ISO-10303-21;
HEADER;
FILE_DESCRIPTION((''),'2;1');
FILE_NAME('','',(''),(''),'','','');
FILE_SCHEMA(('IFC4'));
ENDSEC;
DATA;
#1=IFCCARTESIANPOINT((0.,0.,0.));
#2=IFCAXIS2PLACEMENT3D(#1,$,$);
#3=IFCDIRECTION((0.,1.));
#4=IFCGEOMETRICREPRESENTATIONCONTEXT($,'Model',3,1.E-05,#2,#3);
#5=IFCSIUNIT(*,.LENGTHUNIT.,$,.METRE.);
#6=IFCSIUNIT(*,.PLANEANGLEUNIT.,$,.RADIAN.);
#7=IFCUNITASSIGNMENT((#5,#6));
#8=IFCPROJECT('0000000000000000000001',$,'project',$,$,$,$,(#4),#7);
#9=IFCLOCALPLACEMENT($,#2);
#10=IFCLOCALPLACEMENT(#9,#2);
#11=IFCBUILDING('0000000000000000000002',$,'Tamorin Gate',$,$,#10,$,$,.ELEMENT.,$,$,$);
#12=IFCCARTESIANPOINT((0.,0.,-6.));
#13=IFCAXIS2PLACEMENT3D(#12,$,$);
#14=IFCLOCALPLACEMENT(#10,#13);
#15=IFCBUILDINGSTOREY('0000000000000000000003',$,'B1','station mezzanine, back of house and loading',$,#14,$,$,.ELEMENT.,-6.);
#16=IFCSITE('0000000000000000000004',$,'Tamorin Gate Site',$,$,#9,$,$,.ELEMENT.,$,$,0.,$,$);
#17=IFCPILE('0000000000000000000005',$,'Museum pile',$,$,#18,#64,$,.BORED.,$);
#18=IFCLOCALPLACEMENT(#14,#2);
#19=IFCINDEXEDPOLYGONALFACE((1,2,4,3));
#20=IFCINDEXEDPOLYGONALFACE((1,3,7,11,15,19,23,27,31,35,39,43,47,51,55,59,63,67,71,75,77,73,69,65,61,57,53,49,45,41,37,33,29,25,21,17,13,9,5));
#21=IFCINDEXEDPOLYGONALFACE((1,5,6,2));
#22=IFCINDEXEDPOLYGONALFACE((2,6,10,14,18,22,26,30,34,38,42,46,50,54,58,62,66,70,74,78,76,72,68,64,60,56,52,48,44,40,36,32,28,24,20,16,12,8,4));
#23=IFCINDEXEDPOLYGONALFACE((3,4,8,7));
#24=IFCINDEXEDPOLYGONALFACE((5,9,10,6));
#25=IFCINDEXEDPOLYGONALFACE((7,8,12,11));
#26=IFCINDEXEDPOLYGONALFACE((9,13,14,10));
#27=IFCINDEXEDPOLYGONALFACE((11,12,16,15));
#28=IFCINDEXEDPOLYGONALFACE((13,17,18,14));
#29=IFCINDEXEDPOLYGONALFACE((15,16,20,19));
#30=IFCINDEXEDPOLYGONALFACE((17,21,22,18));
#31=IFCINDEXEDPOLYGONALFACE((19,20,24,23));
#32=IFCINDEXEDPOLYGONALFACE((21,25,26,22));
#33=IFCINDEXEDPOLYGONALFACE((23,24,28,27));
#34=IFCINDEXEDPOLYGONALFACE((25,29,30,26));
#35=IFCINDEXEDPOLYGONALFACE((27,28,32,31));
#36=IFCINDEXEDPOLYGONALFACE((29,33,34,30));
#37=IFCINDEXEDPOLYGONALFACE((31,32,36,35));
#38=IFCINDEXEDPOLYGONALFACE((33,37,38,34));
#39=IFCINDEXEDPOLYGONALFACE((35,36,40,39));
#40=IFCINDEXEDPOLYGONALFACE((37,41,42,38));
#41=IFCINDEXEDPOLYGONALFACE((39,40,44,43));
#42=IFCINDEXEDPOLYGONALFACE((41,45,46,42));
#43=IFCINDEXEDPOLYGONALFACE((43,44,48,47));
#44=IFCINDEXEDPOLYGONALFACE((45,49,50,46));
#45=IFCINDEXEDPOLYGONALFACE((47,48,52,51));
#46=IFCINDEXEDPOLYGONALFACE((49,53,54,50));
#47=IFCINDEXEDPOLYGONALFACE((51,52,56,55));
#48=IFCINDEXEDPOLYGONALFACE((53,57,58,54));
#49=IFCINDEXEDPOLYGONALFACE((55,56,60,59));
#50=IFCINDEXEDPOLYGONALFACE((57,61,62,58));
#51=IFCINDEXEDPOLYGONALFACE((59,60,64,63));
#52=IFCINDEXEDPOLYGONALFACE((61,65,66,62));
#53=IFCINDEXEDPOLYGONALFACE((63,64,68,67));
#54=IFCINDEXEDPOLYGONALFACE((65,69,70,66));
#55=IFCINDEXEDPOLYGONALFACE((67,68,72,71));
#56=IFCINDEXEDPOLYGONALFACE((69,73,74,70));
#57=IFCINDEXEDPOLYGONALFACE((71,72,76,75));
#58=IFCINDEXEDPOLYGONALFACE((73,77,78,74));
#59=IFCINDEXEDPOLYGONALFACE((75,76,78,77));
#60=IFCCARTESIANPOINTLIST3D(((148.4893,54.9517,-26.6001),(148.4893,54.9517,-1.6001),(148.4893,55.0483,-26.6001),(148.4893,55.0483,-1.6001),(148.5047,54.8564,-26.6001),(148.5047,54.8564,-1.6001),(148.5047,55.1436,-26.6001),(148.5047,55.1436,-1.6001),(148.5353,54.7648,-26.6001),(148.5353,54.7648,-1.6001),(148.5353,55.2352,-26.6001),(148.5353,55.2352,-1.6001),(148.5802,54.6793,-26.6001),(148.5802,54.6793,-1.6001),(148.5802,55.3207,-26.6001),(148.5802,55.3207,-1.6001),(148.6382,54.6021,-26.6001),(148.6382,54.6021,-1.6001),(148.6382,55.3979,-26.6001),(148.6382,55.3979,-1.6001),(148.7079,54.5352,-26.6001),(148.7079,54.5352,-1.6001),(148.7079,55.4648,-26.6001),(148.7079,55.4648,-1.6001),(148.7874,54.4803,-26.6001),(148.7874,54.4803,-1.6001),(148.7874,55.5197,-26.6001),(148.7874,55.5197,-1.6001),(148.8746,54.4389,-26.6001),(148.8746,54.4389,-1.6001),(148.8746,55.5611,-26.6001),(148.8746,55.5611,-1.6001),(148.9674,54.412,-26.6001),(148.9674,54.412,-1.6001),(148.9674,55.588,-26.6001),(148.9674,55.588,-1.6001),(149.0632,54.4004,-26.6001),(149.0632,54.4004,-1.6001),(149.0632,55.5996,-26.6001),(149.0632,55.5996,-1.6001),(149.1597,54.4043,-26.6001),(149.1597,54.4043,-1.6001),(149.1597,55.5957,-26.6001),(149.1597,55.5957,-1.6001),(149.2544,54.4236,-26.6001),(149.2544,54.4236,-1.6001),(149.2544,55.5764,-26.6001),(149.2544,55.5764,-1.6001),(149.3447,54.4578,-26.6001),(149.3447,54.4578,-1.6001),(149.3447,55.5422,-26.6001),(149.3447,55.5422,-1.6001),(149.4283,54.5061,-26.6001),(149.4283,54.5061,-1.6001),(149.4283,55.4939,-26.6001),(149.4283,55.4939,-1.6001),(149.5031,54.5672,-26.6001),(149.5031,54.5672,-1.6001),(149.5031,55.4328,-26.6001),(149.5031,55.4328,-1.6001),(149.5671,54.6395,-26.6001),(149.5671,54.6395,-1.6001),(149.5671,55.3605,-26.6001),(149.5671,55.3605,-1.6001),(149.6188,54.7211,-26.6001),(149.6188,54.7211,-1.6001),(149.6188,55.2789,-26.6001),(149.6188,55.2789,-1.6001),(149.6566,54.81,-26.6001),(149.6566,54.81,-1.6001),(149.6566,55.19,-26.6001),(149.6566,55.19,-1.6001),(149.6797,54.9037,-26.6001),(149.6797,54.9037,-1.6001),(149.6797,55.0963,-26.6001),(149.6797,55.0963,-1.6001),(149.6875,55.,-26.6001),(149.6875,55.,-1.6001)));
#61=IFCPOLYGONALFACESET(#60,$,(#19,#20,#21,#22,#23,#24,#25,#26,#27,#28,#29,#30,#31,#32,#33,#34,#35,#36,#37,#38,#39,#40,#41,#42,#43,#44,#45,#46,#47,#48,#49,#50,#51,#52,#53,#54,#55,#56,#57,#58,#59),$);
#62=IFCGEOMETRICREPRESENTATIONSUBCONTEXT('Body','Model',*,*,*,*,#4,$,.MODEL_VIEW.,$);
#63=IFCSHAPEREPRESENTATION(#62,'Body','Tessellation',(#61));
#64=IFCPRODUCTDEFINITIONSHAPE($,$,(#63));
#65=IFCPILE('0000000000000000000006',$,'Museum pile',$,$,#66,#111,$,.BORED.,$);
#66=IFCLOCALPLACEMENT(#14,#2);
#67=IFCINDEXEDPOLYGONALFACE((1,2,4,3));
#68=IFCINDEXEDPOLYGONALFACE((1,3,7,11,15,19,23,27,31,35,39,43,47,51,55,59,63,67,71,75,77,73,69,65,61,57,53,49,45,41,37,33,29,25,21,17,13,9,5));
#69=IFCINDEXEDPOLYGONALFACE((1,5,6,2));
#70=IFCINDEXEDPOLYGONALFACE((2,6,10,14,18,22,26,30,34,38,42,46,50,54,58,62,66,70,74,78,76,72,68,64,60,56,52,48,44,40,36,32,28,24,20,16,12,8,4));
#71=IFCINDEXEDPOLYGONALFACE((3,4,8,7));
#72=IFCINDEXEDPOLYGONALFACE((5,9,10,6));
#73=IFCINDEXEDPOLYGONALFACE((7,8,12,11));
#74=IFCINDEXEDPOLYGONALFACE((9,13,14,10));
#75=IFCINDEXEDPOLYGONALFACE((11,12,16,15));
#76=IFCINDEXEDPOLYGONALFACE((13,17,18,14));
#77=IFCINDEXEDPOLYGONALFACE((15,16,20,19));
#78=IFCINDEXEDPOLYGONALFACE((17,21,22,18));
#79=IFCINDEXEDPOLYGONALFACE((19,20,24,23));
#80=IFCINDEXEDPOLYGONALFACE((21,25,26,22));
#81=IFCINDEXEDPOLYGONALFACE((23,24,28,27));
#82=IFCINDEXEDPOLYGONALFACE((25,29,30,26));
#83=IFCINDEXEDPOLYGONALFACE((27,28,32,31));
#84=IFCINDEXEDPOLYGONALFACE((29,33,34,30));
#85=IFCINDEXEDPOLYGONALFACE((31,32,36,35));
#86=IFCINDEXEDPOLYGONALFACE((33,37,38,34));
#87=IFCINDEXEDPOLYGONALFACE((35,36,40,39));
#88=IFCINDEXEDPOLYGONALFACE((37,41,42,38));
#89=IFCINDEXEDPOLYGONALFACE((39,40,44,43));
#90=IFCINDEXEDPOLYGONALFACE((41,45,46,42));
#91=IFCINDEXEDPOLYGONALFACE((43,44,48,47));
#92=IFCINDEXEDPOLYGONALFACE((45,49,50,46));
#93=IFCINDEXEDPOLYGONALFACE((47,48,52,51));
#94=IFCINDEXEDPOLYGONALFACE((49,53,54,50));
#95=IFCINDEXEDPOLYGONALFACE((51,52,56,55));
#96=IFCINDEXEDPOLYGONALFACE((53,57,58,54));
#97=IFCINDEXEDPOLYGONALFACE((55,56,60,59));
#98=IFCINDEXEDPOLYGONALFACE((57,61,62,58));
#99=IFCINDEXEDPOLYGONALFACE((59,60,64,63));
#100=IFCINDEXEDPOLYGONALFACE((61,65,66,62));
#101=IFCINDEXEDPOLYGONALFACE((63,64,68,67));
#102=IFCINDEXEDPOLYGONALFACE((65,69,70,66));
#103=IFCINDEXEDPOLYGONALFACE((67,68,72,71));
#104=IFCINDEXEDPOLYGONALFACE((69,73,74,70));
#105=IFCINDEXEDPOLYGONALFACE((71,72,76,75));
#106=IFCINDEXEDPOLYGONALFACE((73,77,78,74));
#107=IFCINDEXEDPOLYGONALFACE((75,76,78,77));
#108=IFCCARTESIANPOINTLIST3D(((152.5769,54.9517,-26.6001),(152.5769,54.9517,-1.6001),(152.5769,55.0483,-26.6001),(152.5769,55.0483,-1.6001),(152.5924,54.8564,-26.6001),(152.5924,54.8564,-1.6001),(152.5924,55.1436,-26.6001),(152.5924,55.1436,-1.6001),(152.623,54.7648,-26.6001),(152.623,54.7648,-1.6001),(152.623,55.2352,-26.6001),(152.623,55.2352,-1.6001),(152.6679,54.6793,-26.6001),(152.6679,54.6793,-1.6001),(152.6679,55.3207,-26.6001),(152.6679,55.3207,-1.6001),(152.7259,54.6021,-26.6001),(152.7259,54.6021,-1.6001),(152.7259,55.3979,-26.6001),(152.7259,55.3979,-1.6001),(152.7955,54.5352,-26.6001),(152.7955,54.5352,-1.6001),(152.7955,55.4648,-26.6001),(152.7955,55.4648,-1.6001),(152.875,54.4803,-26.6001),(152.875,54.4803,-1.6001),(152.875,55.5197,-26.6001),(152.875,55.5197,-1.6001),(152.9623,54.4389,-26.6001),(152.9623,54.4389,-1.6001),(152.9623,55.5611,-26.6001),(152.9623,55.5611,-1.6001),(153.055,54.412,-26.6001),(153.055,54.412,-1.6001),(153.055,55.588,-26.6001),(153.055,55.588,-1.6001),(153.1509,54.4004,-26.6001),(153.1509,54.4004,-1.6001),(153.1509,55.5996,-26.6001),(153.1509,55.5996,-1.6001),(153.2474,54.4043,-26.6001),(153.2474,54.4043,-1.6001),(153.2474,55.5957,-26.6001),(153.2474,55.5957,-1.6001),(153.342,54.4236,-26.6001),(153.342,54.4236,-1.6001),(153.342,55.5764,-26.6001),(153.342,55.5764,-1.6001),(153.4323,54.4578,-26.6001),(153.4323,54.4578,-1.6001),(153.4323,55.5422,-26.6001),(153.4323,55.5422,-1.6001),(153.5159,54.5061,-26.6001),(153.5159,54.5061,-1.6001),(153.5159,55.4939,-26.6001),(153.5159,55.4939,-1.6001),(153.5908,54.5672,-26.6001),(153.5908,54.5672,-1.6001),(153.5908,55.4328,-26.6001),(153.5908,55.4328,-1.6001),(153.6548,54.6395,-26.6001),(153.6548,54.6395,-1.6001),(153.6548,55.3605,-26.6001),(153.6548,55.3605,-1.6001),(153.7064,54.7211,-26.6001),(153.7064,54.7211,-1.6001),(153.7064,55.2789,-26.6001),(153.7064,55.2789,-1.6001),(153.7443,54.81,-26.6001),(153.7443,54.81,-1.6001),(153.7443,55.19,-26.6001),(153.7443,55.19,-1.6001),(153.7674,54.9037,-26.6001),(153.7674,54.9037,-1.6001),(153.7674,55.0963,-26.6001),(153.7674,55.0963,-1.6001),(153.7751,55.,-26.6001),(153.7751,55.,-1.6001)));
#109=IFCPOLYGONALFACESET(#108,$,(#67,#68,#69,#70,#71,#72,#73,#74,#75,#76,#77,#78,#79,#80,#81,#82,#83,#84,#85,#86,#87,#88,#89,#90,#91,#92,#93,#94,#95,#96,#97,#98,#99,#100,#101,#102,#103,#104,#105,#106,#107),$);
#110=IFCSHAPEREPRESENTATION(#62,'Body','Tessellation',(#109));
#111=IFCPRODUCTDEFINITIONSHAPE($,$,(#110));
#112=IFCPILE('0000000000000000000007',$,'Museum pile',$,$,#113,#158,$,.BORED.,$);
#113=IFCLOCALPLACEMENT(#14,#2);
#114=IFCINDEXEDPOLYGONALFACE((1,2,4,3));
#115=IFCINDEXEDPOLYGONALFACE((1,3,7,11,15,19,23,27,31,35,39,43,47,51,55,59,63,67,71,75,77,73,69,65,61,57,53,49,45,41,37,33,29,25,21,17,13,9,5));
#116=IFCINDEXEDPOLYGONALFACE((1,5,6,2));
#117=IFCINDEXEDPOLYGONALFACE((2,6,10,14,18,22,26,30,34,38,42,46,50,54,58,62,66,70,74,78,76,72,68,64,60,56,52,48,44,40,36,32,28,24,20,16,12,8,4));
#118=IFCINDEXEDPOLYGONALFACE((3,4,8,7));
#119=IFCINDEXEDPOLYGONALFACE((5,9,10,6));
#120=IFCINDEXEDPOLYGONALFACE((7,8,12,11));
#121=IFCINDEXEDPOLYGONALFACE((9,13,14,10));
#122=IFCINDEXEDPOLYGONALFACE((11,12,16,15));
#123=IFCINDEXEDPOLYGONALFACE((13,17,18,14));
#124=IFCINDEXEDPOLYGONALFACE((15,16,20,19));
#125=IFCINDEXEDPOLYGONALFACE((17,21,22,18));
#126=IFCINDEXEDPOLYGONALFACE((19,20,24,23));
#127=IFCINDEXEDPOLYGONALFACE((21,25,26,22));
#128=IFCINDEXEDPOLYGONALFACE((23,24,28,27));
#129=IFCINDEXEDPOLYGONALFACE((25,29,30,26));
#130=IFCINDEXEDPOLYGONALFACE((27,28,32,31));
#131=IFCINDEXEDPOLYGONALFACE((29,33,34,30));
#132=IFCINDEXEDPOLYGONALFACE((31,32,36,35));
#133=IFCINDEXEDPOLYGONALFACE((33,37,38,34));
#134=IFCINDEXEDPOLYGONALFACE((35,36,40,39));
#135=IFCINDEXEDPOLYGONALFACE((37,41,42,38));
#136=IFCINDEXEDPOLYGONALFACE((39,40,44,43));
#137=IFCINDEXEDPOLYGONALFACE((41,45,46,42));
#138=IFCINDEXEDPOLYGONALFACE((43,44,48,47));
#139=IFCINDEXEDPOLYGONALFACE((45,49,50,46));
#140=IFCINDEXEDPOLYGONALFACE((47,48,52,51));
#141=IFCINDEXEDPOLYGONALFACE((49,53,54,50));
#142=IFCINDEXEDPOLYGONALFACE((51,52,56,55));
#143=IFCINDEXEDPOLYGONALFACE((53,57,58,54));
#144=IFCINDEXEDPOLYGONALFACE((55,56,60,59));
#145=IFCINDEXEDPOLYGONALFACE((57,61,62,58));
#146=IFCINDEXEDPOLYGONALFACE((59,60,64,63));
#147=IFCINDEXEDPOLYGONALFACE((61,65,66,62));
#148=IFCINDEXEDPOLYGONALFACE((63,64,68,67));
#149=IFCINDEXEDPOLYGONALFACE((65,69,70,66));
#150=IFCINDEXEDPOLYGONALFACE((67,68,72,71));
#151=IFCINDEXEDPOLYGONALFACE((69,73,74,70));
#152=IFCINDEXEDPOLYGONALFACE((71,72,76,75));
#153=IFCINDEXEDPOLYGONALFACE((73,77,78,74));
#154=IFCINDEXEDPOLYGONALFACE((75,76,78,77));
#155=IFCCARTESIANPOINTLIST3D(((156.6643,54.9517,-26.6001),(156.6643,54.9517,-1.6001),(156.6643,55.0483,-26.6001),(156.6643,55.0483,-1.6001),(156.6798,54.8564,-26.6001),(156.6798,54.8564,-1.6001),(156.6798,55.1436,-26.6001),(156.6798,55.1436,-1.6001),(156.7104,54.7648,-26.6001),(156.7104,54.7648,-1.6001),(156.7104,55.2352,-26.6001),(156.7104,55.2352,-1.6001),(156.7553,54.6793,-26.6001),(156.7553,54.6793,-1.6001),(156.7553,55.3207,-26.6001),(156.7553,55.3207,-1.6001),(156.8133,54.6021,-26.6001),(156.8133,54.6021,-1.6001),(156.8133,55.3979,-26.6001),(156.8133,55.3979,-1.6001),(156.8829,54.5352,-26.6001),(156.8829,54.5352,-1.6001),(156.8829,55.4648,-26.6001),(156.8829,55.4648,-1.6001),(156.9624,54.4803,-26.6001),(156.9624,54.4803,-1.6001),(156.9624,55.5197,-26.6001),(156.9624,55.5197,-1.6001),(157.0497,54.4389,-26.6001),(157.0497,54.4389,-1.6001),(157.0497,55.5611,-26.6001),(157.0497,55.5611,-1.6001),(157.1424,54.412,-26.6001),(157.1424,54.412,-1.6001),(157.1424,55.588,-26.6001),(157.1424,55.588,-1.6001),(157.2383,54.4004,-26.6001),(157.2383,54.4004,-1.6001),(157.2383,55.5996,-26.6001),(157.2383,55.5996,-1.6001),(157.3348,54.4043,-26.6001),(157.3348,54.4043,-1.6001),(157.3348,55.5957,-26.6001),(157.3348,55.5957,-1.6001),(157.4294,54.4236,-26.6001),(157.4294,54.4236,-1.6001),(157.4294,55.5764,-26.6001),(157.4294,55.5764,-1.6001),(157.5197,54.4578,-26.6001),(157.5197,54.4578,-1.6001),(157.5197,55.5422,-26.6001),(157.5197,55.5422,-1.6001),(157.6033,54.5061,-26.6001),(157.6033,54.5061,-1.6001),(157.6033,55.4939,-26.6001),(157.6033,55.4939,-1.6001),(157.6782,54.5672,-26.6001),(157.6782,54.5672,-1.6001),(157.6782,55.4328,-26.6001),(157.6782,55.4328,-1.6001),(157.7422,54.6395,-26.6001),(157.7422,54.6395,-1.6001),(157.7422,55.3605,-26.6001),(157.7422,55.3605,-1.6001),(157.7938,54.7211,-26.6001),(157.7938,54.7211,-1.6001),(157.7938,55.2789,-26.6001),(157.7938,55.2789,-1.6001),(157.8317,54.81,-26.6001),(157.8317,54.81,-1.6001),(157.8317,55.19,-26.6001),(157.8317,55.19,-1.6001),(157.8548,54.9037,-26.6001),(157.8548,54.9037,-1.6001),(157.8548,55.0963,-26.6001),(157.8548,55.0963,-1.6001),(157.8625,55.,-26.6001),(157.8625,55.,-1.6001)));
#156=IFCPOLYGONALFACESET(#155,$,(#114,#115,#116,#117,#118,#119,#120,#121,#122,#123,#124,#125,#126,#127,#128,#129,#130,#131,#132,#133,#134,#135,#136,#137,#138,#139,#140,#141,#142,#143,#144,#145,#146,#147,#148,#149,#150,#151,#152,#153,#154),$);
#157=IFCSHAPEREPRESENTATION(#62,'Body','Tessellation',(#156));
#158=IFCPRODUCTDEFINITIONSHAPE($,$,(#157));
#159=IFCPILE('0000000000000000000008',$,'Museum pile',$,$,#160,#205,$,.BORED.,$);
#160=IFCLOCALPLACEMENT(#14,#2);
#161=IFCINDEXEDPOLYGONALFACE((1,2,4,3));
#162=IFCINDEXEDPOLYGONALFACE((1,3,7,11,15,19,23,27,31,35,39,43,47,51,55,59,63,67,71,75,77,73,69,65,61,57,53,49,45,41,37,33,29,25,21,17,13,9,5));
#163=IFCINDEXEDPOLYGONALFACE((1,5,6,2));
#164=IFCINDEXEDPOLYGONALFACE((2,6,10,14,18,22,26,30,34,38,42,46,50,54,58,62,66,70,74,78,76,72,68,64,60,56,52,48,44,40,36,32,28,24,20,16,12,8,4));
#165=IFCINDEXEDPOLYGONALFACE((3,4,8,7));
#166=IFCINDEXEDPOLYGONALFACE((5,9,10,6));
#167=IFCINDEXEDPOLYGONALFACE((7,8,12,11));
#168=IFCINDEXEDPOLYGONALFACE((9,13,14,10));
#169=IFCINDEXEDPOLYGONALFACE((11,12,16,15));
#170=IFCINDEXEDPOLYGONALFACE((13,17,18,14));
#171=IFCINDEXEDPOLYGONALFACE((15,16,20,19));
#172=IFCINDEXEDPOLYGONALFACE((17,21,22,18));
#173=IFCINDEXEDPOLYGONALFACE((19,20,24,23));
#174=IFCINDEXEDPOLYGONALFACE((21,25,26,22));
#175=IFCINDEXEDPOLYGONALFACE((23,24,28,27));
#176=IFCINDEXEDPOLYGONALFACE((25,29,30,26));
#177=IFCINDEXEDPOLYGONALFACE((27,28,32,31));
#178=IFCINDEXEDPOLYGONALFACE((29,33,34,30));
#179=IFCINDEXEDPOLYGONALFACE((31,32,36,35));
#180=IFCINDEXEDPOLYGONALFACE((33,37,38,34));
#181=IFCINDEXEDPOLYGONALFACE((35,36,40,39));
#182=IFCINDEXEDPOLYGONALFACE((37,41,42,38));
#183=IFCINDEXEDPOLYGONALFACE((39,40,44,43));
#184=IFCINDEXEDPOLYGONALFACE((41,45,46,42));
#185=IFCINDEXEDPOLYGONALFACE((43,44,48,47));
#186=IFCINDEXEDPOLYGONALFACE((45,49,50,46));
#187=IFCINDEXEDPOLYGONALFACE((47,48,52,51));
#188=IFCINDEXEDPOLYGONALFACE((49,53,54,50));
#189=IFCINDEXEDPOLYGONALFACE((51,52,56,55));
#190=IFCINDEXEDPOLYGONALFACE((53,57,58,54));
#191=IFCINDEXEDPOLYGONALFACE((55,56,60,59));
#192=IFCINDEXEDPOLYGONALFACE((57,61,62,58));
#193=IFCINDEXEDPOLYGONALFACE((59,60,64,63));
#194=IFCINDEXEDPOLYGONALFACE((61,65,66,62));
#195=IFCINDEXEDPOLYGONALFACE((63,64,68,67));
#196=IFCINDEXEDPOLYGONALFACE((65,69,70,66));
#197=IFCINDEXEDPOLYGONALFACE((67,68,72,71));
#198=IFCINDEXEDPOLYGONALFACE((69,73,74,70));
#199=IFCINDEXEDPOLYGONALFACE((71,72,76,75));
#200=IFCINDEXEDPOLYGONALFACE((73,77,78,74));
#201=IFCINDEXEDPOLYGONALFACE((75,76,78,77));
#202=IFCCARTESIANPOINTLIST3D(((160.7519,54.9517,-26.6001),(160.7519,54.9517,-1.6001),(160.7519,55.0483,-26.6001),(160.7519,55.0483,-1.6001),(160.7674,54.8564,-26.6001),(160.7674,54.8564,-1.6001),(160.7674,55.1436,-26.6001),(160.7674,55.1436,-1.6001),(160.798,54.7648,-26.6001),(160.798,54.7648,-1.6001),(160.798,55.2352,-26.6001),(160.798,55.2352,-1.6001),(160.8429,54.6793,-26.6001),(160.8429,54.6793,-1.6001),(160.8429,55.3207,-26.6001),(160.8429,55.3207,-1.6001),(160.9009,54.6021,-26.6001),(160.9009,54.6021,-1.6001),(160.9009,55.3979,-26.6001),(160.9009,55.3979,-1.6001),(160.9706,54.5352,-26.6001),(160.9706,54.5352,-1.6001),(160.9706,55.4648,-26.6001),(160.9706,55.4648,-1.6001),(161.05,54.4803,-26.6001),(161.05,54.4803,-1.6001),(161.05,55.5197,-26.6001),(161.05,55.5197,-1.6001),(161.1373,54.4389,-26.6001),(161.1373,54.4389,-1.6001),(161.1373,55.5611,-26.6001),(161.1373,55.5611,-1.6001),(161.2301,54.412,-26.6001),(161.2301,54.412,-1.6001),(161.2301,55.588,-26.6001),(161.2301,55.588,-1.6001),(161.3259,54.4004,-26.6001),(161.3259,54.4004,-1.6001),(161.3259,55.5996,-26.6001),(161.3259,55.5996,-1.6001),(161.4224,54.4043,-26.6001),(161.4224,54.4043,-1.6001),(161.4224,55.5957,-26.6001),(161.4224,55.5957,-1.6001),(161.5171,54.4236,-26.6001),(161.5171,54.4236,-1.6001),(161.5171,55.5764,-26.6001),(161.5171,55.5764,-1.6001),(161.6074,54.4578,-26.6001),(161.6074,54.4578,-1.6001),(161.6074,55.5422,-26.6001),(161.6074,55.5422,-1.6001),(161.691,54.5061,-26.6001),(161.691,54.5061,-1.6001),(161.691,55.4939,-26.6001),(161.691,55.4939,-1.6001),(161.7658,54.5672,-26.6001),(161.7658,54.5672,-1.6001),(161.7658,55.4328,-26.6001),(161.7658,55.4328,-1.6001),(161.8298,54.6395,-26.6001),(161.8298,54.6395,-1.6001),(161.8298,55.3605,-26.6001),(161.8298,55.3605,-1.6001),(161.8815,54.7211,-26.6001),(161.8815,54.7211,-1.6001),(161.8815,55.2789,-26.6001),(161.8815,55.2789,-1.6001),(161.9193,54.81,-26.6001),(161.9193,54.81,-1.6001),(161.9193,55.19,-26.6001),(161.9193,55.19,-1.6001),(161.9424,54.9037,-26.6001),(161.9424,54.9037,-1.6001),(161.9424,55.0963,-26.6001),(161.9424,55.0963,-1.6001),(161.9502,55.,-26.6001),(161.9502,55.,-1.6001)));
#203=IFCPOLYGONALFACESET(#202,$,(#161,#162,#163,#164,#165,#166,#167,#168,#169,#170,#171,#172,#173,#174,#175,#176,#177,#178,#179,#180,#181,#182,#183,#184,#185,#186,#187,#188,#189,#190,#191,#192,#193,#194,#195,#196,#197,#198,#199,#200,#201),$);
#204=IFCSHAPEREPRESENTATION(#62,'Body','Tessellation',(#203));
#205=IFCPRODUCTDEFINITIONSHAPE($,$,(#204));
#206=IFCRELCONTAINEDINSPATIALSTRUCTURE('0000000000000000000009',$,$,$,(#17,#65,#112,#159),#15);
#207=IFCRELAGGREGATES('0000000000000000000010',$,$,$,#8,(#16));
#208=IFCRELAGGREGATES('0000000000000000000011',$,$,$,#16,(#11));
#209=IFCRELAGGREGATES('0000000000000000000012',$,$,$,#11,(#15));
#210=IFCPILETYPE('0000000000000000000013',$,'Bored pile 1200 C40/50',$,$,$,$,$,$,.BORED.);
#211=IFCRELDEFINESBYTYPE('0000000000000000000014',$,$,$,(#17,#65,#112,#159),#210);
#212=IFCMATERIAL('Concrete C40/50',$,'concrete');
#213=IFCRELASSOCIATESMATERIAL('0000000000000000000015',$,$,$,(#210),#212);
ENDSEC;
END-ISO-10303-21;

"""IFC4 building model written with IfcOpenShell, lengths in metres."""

from ifc_helpers import new_model, si_unit, direction, frame, origin, origin_2d, place, context, subcontext, project, spatial, circle, extrude, material, material_profile, profile_set, type_object, element, save


model = new_model("IFC4")

# Units and contexts
model_context = context("Model", 3, precision=1e-05, world=origin(), true_north=direction((0.0, 1.0)))
body_context = subcontext(model_context, "Body", "Model", "MODEL_VIEW")
ifc_project = project(units=[si_unit("LENGTHUNIT", "METRE"), si_unit("PLANEANGLEUNIT", "RADIAN")], contexts=[model_context])

# Site, building, storey
site_placement = place(None, origin())
site = spatial("IfcSite", under=ifc_project, at=site_placement, Name="Tamorin Gate Site", CompositionType="ELEMENT", RefElevation=0.0)
building_placement = place(site_placement, origin())
building = spatial("IfcBuilding", under=site, at=building_placement, Name="Tamorin Gate", CompositionType="ELEMENT")
storey_placement = place(building_placement, frame((0.0, 0.0, -6.0)))
storey = spatial("IfcBuildingStorey", under=building, at=storey_placement, Name="B1", Description="station mezzanine, back of house and loading", CompositionType="ELEMENT", Elevation=-6.0)

# Piles
ifc_material_1 = material(Name="Concrete C40/50", Category="concrete")
ifc_material_profile_1 = material_profile(ifc_material_1, circle(Radius=0.6001, at=origin_2d()))
ifc_profile_set_1 = profile_set([ifc_material_profile_1], Name="Concrete C40/50")
pile_type = type_object("IfcPileType", Name="Bored pile 1200 C40/50", PredefinedType="BORED", material=ifc_profile_set_1)
for number, where, z_axis, x_axis, name in (
    (1, (149.0874, 55.0, -1.6001), (0.0, 0.0, -1.0), (1.0, 0.0, 0.0), "Museum pile"),
    (2, (153.175, 55.0, -1.6001), (0.0, 0.0, -1.0), (1.0, 0.0, 0.0), "Museum pile"),
    (3, (157.2625, 55.0, -1.6001), (0.0, 0.0, -1.0), (1.0, 0.0, 0.0), "Museum pile"),
    (4, (161.3501, 55.0, -1.6001), (0.0, 0.0, -1.0), (1.0, 0.0, 0.0), "Museum pile"),
):
    element("IfcPile", number, at=place(storey_placement, frame(where, z_axis=z_axis, x_axis=x_axis)), inside=storey, type_object=pile_type, Name=name, PredefinedType="BORED", context=body_context, shape_type="SweptSolid", body=[
        extrude(circle(Radius=0.6001, at=origin_2d()), origin(), (0.0, 0.0, 1.0), 25.0),
    ])

save(model, "model.ifc")
